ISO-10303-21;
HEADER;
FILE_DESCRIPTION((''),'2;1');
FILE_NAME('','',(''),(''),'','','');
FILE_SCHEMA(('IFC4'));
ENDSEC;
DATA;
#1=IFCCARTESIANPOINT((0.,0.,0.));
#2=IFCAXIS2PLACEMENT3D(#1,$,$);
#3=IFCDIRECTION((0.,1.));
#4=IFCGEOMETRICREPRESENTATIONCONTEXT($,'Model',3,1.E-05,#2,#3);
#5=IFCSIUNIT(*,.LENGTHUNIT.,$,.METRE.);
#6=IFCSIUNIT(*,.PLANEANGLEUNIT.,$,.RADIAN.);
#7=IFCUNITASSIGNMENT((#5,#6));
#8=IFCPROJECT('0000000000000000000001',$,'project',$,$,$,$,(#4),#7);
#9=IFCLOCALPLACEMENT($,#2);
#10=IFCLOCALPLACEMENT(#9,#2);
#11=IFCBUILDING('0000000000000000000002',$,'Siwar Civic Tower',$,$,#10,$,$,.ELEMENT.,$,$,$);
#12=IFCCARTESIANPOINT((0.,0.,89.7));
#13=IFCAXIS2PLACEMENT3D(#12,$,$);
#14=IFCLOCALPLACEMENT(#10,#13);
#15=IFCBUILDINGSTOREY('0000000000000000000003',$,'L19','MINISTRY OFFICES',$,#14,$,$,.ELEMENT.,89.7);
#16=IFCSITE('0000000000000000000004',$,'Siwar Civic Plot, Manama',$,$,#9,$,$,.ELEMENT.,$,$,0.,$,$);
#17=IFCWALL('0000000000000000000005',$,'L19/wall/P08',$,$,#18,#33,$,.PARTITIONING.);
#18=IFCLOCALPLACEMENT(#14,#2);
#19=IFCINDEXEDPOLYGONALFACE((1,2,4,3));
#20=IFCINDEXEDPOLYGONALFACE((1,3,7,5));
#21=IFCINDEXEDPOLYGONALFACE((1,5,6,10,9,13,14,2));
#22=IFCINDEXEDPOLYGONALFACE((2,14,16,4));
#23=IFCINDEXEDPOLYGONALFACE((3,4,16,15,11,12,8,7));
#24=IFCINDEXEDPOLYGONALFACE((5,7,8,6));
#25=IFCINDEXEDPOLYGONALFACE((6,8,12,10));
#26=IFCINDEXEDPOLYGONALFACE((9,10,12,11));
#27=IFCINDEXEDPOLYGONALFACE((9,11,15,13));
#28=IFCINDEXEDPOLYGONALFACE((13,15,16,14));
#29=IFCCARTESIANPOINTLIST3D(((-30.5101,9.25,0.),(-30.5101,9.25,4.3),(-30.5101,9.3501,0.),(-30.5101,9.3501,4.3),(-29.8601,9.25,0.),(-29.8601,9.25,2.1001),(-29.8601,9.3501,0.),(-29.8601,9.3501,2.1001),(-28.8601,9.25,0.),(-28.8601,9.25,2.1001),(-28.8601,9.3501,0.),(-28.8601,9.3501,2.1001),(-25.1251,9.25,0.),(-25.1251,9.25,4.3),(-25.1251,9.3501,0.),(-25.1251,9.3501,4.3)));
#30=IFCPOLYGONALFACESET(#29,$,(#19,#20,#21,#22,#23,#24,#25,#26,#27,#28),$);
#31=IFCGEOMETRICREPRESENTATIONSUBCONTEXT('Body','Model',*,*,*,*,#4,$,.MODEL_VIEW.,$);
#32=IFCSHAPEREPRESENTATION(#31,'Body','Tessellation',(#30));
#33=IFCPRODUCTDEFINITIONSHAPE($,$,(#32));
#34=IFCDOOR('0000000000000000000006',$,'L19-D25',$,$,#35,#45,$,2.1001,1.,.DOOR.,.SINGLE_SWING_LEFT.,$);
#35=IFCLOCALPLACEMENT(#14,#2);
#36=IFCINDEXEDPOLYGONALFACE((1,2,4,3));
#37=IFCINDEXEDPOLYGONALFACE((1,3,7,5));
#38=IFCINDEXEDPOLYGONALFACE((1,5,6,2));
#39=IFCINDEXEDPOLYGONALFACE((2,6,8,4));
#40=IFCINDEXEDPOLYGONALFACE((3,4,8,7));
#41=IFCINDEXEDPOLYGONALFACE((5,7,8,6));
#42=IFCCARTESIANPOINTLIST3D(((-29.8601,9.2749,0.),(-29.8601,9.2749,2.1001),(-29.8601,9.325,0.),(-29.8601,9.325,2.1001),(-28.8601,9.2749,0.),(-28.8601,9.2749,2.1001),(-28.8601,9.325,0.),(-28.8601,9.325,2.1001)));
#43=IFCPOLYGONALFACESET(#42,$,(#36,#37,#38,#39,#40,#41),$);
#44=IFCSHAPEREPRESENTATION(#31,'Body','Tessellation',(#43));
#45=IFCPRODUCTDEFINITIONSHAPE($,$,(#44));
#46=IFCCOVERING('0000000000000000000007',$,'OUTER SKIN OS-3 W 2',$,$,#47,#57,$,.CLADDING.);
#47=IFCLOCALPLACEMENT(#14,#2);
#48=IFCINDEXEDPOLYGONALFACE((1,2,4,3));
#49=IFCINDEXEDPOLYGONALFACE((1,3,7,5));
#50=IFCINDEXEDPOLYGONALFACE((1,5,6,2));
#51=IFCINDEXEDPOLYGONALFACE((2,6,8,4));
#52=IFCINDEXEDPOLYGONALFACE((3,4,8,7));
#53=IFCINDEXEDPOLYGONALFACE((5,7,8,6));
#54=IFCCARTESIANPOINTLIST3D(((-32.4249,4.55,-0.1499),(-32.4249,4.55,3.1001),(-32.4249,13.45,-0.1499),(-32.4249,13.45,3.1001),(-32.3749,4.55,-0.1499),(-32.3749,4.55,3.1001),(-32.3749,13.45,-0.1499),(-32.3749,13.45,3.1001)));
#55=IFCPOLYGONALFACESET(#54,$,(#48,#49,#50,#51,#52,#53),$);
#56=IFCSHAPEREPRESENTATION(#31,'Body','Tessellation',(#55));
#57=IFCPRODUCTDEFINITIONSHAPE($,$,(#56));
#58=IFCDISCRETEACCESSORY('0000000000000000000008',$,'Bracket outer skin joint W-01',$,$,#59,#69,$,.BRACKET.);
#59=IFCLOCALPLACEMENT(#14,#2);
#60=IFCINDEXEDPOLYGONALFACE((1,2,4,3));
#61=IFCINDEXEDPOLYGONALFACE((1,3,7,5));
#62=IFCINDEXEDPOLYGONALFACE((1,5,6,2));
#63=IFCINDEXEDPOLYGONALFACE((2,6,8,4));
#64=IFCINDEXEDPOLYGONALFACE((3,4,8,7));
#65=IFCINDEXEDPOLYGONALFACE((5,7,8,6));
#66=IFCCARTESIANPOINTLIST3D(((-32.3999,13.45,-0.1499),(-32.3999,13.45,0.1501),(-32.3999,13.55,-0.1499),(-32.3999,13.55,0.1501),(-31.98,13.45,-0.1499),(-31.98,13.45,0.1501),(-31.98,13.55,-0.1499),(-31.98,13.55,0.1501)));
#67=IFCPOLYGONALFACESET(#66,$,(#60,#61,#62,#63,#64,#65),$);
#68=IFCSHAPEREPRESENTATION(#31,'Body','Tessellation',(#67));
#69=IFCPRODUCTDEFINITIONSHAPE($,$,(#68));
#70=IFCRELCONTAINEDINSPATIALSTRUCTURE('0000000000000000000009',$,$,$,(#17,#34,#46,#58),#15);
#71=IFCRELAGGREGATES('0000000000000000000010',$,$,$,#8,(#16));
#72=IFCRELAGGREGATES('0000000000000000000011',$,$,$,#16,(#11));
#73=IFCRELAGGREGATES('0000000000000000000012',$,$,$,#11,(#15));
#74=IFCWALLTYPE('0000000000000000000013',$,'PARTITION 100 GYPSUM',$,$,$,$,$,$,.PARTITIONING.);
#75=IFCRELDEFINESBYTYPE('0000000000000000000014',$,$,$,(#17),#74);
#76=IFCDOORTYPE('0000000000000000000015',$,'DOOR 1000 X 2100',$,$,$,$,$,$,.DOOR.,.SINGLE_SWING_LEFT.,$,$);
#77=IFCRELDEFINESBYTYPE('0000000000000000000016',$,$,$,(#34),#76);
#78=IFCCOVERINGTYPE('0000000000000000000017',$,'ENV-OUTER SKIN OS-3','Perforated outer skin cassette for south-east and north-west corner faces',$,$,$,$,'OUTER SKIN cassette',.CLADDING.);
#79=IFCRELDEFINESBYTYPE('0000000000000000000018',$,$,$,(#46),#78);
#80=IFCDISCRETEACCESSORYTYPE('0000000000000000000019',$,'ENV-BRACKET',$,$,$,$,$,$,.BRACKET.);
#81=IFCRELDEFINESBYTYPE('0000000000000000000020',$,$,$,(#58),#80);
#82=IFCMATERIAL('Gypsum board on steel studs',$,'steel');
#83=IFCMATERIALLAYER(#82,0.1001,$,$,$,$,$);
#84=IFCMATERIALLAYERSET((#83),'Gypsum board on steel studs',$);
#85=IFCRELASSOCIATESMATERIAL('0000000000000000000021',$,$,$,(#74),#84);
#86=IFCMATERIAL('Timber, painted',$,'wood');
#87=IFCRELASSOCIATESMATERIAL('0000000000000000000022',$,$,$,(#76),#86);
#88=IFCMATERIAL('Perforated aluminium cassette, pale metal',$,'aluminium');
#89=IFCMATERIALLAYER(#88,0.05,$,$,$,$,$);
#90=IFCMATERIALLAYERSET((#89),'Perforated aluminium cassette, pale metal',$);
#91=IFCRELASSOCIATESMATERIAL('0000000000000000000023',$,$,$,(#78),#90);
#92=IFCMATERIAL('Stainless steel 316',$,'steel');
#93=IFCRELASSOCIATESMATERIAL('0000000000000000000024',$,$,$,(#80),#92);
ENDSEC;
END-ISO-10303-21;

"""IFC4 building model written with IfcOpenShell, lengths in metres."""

from ifc_helpers import new_model, si_unit, direction, frame, frame_2d, origin, origin_2d, place, context, subcontext, project, spatial, rectangle, extrude, material, layer, layer_set, type_object, element, fill, save


model = new_model("IFC4")

# Units and contexts
model_context = context("Model", 3, precision=1e-05, world=origin(), true_north=direction((0.0, 1.0)))
body_context = subcontext(model_context, "Body", "Model", "MODEL_VIEW")
ifc_project = project(units=[si_unit("LENGTHUNIT", "METRE"), si_unit("PLANEANGLEUNIT", "RADIAN")], contexts=[model_context])

# Site, building, storey
site_placement = place(None, origin())
site = spatial("IfcSite", under=ifc_project, at=site_placement, Name="Siwar Civic Plot, Manama", CompositionType="ELEMENT", RefElevation=0.0)
building_placement = place(site_placement, origin())
building = spatial("IfcBuilding", under=site, at=building_placement, Name="Siwar Civic Tower", CompositionType="ELEMENT")
storey_placement = place(building_placement, frame((0.0, 0.0, 89.7)))
storey = spatial("IfcBuildingStorey", under=building, at=storey_placement, Name="L19", Description="MINISTRY OFFICES", CompositionType="ELEMENT", Elevation=89.7)

# Wall, opening, door
ifc_material_1 = material(Name="Gypsum board on steel studs", Category="steel")
ifc_layer_1 = layer(ifc_material_1, 0.1001)
ifc_layer_set_1 = layer_set([ifc_layer_1], Name="Gypsum board on steel studs")
wall_type_1 = type_object("IfcWallType", Name="PARTITION 100 GYPSUM", PredefinedType="PARTITIONING", material=ifc_layer_set_1)
wall_1_placement = place(storey_placement, frame((-30.51, 9.3, 0.0), z_axis=(0.0, 0.0, 1.0), x_axis=(1.0, 0.0, 0.0)))
wall_1 = element("IfcWall", 1, at=wall_1_placement, inside=storey, type_object=wall_type_1, Name="L19/wall/P08", PredefinedType="PARTITIONING", context=body_context, shape_type="SweptSolid", body=[
    extrude(rectangle(XDim=5.385, YDim=0.1001, at=frame_2d((2.6924, 0.0))), origin(), (0.0, 0.0, 1.0), 4.3),
])
opening_1_placement = place(wall_1_placement, frame((0.6499, 0.0, 0.0)))
opening_1 = element("IfcOpeningElement", 2, at=opening_1_placement, cuts=wall_1, PredefinedType="OPENING", context=body_context, shape_type="SweptSolid", body=[
    extrude(rectangle(XDim=1.0, YDim=2.1001, at=frame_2d((0.5, 1.05))), frame((0.0, 0.0601, 0.0), z_axis=(0.0, -1.0, 0.0), x_axis=(1.0, 0.0, 0.0)), (0.0, 0.0, 1.0), 0.1201),
])
ifc_material_2 = material(Name="Timber, painted", Category="wood")
door_type_1 = type_object("IfcDoorType", Name="DOOR 1000 X 2100", OperationType="SINGLE_SWING_LEFT", PredefinedType="DOOR", material=ifc_material_2)
door_1_placement = place(opening_1_placement, origin())
door_1 = element("IfcDoor", 3, at=door_1_placement, inside=storey, type_object=door_type_1, Name="L19-D25", OperationType="SINGLE_SWING_LEFT", OverallHeight=2.1001, OverallWidth=1.0, PredefinedType="DOOR", context=body_context, shape_type="SweptSolid", body=[
    extrude(rectangle(XDim=1.0, YDim=2.1001, at=frame_2d((0.5, 1.05))), frame((0.0, 0.0249, 0.0), z_axis=(0.0, -1.0, 0.0), x_axis=(1.0, 0.0, 0.0)), (0.0, 0.0, 1.0), 0.05),
])
fill(opening_1, door_1)

# Covering
ifc_material_3 = material(Name="Perforated aluminium cassette, pale metal", Category="aluminium")
ifc_layer_2 = layer(ifc_material_3, 0.05)
ifc_layer_set_2 = layer_set([ifc_layer_2], Name="Perforated aluminium cassette, pale metal")
covering_type = type_object("IfcCoveringType", Name="ENV-OUTER SKIN OS-3", Description="Perforated outer skin cassette for south-east and north-west corner faces", ElementType="OUTER SKIN cassette", PredefinedType="CLADDING", material=ifc_layer_set_2)
covering_placement = place(storey_placement, frame((-32.3999, 9.0, -0.1499), z_axis=(0.0, 0.0, 1.0), x_axis=(0.0, -1.0, 0.0)))
element("IfcCovering", 4, at=covering_placement, inside=storey, type_object=covering_type, Name="OUTER SKIN OS-3 W 2", PredefinedType="CLADDING", context=body_context, shape_type="SweptSolid", body=[
    extrude(rectangle(XDim=8.8999, YDim=0.05, at=origin_2d()), origin(), (0.0, 0.0, 1.0), 3.25),
])

# Discrete accessory
ifc_material_4 = material(Name="Stainless steel 316", Category="steel")
discrete_accessory_type = type_object("IfcDiscreteAccessoryType", Name="ENV-BRACKET", PredefinedType="BRACKET", material=ifc_material_4)
discrete_accessory_placement = place(storey_placement, frame((-32.1899, 13.5, -0.1499), z_axis=(0.0, 0.0, 1.0), x_axis=(-1.0, 0.0, 0.0)))
element("IfcDiscreteAccessory", 5, at=discrete_accessory_placement, inside=storey, type_object=discrete_accessory_type, Name="Bracket outer skin joint W-01", PredefinedType="BRACKET", context=body_context, shape_type="SweptSolid", body=[
    extrude(rectangle(XDim=0.4199, YDim=0.1001, at=origin_2d()), origin(), (0.0, 0.0, 1.0), 0.3),
])

save(model, "model.ifc")
